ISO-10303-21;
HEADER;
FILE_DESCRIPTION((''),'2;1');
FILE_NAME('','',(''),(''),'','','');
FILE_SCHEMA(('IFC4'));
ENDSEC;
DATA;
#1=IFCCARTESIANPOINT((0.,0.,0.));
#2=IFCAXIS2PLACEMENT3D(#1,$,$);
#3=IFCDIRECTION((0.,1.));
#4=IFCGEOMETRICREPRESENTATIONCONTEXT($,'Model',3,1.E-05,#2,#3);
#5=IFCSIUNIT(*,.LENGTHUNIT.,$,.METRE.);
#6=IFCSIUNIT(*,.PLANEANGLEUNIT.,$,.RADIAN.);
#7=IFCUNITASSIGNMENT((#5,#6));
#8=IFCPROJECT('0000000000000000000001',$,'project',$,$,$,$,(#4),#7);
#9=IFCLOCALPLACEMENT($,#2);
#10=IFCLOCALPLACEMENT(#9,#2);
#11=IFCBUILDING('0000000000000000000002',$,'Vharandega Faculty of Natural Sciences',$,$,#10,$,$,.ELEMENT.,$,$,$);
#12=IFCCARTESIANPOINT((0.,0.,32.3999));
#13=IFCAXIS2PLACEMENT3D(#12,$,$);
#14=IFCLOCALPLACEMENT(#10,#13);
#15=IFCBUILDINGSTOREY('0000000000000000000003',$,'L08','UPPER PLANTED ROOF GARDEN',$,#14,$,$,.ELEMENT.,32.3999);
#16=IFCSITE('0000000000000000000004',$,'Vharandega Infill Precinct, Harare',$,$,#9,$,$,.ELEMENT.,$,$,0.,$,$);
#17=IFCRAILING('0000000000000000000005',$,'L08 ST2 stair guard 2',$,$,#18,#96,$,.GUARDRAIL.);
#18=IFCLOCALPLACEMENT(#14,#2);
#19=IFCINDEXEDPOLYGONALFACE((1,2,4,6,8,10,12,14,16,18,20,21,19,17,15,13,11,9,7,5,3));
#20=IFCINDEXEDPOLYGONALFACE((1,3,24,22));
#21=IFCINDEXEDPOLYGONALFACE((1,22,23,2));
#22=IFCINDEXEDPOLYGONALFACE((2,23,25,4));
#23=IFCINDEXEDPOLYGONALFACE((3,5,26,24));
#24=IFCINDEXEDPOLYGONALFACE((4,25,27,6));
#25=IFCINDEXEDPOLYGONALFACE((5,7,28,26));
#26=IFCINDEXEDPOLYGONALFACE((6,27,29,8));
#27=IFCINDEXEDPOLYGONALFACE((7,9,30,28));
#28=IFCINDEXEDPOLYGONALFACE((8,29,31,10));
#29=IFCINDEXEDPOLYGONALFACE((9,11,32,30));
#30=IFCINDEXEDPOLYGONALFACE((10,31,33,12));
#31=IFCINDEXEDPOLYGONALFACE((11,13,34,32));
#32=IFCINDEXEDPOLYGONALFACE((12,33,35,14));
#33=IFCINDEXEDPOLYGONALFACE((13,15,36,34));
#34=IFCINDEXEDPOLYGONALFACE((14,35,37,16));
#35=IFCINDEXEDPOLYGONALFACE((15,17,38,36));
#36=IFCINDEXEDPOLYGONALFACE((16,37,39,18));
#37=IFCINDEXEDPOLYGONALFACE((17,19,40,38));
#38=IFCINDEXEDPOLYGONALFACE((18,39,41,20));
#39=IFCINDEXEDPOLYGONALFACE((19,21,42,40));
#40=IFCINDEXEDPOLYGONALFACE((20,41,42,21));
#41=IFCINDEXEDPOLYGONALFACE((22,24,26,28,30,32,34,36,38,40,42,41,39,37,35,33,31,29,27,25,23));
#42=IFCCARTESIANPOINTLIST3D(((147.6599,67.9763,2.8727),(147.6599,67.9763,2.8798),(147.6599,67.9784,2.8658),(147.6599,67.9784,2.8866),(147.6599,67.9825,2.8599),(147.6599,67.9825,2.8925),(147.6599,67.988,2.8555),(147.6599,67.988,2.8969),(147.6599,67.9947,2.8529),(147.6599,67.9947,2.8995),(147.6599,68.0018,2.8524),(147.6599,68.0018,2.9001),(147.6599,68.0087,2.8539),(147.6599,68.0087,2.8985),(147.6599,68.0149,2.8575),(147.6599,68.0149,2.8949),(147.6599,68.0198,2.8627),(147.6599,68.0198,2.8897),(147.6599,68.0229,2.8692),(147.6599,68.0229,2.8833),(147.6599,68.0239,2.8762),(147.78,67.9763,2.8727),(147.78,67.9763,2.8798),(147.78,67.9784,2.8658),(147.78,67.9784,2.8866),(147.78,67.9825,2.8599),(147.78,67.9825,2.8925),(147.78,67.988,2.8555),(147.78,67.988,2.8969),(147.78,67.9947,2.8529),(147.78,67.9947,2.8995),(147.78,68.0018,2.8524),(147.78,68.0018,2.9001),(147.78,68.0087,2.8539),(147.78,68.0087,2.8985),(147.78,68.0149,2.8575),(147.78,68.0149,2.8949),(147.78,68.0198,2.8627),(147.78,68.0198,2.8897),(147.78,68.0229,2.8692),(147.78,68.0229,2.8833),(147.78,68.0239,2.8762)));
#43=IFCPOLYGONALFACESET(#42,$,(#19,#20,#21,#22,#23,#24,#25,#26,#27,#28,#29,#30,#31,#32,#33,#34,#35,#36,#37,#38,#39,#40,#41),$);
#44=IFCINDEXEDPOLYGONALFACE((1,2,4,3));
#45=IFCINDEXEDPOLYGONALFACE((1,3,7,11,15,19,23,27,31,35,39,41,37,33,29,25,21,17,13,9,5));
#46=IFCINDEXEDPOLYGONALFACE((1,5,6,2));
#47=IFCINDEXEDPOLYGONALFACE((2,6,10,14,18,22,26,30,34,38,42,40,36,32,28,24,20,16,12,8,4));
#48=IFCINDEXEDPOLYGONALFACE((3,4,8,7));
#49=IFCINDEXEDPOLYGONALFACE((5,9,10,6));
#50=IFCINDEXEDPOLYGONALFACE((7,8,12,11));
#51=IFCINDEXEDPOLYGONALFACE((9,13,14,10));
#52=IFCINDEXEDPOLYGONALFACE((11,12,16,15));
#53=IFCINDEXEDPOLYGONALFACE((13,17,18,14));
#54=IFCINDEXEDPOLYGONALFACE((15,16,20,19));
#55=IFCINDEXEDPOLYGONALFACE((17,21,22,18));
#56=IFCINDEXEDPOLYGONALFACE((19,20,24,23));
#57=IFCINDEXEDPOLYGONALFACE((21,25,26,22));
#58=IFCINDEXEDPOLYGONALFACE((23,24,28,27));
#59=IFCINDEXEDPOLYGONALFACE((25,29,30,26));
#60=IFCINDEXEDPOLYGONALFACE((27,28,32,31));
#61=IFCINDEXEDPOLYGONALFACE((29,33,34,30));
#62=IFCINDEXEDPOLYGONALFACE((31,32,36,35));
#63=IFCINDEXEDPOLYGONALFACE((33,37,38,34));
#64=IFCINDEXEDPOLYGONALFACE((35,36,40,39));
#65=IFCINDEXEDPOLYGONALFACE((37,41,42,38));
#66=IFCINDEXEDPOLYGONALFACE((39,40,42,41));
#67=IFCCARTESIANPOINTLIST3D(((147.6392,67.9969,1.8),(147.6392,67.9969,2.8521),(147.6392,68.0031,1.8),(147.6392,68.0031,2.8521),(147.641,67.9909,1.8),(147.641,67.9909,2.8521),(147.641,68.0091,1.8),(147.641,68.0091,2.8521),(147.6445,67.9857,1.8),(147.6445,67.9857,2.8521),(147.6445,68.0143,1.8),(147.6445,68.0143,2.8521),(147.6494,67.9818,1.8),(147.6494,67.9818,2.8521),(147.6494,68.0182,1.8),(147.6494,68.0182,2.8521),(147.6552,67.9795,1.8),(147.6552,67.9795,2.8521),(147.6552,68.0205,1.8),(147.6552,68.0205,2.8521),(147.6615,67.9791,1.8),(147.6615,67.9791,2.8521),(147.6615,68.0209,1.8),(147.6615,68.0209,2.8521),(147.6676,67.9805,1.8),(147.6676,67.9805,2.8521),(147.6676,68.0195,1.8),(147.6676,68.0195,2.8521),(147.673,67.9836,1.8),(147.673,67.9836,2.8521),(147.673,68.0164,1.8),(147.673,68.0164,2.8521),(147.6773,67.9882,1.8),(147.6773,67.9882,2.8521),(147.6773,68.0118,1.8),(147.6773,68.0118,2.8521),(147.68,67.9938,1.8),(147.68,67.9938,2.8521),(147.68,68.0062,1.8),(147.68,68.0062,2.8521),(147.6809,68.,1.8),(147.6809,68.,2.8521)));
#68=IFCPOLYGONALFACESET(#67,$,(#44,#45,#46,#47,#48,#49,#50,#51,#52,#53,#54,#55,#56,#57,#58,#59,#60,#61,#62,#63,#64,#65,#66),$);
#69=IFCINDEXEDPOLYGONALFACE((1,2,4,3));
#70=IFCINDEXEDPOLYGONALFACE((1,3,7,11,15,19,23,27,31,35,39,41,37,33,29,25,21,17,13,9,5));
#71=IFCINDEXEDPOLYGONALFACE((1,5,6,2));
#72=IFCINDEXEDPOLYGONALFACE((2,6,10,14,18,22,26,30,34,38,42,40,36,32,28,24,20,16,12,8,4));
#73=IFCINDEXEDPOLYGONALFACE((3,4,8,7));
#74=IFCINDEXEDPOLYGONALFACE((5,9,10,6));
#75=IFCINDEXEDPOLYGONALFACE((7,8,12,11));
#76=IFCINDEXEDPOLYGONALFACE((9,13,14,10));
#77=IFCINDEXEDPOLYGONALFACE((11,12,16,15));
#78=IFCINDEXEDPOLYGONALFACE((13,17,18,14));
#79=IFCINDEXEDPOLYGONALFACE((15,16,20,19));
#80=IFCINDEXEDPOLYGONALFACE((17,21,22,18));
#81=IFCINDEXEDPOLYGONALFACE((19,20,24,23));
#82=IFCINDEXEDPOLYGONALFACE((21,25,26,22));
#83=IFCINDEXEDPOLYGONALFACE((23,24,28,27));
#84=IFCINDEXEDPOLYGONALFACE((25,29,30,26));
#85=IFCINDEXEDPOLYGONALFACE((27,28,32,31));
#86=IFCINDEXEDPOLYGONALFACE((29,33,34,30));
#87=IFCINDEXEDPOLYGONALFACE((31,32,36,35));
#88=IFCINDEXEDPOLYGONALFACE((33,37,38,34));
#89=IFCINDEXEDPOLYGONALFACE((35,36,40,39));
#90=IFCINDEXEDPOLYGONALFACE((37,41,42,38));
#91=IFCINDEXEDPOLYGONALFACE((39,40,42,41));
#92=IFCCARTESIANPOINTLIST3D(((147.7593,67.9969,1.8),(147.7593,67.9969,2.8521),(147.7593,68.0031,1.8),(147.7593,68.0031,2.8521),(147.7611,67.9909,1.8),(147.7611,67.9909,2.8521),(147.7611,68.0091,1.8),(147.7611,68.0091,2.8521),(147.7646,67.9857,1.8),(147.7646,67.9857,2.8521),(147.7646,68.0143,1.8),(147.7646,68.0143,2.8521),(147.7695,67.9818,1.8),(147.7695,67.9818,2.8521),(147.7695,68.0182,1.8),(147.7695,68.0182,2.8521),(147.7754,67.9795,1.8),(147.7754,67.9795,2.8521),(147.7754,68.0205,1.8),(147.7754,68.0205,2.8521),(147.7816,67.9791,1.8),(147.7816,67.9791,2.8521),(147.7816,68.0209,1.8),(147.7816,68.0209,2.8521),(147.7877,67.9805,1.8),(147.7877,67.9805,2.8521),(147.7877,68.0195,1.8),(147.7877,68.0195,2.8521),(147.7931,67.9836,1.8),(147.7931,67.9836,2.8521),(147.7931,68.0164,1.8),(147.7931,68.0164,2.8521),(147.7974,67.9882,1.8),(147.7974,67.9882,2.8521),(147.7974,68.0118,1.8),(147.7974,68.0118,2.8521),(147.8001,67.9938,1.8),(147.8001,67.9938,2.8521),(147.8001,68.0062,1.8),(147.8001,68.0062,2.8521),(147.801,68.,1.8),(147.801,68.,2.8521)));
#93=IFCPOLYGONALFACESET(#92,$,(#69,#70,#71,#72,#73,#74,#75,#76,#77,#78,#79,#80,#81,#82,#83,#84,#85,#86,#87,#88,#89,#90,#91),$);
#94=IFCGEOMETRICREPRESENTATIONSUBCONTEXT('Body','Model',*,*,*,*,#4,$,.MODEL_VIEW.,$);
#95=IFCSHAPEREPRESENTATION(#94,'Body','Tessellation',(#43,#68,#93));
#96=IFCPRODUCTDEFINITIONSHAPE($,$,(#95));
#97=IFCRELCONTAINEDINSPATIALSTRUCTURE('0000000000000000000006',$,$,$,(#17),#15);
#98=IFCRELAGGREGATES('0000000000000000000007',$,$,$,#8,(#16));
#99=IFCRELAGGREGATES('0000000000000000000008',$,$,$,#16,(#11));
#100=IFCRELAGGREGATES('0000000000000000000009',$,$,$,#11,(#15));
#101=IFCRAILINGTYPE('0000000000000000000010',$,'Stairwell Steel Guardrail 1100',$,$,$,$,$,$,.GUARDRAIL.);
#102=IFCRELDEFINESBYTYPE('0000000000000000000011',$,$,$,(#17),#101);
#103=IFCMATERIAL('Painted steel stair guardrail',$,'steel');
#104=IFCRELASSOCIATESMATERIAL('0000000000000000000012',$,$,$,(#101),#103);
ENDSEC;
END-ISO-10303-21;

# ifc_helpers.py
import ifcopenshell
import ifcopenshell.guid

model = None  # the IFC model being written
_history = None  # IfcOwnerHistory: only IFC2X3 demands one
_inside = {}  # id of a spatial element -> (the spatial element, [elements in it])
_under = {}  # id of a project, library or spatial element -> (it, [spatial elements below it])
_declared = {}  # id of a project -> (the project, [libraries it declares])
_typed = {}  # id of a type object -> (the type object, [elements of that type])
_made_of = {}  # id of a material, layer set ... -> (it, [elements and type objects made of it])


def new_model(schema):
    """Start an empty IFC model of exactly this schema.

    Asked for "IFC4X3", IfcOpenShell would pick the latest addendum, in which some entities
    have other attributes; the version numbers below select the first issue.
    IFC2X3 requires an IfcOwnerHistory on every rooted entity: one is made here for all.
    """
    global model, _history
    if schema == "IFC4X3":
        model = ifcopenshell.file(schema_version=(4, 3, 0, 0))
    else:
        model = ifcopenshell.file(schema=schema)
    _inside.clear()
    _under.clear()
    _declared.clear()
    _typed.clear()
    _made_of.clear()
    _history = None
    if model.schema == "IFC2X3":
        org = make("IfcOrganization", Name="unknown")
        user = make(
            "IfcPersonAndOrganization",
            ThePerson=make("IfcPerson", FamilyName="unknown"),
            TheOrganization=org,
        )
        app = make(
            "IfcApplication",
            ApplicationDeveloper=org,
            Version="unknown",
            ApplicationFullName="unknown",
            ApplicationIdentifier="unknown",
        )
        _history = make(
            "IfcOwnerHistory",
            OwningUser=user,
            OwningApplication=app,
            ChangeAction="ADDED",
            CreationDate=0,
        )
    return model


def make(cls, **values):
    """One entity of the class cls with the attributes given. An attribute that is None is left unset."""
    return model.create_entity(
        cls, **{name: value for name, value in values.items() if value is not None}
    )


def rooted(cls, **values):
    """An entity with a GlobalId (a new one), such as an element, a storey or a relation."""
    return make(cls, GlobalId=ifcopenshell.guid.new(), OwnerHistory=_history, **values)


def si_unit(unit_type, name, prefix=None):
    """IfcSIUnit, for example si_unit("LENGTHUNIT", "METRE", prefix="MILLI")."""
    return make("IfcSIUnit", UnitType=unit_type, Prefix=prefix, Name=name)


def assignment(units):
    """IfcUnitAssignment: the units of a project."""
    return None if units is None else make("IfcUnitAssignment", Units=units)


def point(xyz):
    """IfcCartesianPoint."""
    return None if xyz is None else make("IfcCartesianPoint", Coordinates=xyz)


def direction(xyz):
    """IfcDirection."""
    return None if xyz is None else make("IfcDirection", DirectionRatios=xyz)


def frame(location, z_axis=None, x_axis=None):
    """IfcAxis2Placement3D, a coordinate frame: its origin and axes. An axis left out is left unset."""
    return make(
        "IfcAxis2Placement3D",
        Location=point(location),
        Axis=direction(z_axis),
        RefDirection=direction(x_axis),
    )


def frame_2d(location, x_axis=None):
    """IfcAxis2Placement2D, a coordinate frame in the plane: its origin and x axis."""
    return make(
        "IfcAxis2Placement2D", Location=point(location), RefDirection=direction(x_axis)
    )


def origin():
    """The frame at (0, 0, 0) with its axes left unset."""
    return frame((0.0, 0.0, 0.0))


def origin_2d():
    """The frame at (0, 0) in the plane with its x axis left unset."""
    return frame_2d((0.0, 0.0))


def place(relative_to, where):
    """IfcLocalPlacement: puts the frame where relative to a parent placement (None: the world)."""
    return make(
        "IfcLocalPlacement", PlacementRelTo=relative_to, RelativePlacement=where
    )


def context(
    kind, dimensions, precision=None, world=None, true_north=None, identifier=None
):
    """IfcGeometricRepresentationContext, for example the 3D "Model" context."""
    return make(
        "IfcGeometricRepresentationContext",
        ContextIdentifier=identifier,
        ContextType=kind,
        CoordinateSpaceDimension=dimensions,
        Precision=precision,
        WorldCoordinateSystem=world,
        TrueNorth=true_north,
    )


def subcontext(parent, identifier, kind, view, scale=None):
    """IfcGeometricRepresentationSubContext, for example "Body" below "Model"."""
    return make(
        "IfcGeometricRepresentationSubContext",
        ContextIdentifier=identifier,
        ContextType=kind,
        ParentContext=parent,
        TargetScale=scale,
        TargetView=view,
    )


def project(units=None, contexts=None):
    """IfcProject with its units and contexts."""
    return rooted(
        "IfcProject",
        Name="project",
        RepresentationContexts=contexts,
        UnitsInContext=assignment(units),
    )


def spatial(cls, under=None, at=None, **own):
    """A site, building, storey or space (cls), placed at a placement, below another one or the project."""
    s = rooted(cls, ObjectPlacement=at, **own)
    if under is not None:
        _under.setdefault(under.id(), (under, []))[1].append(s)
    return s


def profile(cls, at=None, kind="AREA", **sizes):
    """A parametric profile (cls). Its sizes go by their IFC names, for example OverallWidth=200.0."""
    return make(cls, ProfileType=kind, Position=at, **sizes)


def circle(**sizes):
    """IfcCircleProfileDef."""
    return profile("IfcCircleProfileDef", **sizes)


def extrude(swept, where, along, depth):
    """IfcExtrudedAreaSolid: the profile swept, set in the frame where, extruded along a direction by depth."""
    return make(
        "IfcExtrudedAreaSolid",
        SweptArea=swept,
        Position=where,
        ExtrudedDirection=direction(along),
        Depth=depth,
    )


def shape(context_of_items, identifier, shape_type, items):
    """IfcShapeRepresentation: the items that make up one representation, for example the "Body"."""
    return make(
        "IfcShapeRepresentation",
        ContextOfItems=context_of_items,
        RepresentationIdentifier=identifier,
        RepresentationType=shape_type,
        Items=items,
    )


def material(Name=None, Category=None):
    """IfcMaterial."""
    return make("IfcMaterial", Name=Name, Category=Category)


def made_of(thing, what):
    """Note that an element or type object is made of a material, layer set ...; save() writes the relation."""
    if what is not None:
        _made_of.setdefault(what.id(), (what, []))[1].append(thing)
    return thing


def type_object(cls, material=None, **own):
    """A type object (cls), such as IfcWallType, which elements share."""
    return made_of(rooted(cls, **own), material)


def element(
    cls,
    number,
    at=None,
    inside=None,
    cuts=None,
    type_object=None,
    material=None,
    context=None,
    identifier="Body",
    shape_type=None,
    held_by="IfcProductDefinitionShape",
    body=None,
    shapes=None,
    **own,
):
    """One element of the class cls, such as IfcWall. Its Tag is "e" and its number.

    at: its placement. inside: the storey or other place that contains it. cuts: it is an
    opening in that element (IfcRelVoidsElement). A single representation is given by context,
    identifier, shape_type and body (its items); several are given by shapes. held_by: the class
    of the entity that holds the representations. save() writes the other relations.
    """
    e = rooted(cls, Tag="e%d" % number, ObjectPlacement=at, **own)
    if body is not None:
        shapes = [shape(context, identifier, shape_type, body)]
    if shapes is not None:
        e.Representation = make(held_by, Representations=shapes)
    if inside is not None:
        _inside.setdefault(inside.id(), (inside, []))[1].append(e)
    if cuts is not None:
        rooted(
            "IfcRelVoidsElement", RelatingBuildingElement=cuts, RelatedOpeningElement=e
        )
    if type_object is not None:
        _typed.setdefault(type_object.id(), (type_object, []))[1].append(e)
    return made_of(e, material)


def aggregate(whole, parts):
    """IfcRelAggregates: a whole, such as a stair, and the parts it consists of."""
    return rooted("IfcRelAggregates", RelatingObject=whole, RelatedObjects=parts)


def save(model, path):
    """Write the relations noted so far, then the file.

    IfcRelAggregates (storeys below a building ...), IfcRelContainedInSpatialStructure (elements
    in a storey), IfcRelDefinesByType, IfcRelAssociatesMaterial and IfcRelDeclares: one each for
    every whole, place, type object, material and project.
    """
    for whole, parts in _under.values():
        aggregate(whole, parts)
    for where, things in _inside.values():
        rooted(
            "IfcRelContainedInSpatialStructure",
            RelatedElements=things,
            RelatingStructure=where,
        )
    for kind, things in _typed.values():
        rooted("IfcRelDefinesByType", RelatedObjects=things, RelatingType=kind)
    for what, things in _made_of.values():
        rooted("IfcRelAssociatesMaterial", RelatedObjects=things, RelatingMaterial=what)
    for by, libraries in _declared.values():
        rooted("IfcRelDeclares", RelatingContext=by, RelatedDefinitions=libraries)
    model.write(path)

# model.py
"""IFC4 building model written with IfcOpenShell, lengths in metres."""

from ifc_helpers import new_model, si_unit, direction, frame, origin, origin_2d, place, context, subcontext, project, spatial, circle, extrude, material, type_object, element, save


model = new_model("IFC4")

# Units and contexts
model_context = context("Model", 3, precision=1e-05, world=origin(), true_north=direction((0.0, 1.0)))
body_context = subcontext(model_context, "Body", "Model", "MODEL_VIEW")
ifc_project = project(units=[si_unit("LENGTHUNIT", "METRE"), si_unit("PLANEANGLEUNIT", "RADIAN")], contexts=[model_context])

# Site, building, storey
site_placement = place(None, origin())
site = spatial("IfcSite", under=ifc_project, at=site_placement, Name="Vharandega Infill Precinct, Harare", CompositionType="ELEMENT", RefElevation=0.0)
building_placement = place(site_placement, origin())
building = spatial("IfcBuilding", under=site, at=building_placement, Name="Vharandega Faculty of Natural Sciences", CompositionType="ELEMENT")
storey_placement = place(building_placement, frame((0.0, 0.0, 32.3999)))
storey = spatial("IfcBuildingStorey", under=building, at=storey_placement, Name="L08", Description="UPPER PLANTED ROOF GARDEN", CompositionType="ELEMENT", Elevation=32.3999)

# Railing
ifc_material_1 = material(Name="Painted steel stair guardrail", Category="steel")
railing_type_1 = type_object("IfcRailingType", Name="Stairwell Steel Guardrail 1100", PredefinedType="GUARDRAIL", material=ifc_material_1)
railing_1_placement = place(storey_placement, frame((147.6599, 68.0, 1.8)))
element("IfcRailing", 1, at=railing_1_placement, inside=storey, type_object=railing_type_1, Name="L08 ST2 stair guard 2", PredefinedType="GUARDRAIL", context=body_context, shape_type="SweptSolid", body=[
    extrude(circle(Radius=0.0239, at=origin_2d()), frame((0.0, 0.0, 1.0762), z_axis=(1.0, 0.0, 0.0), x_axis=(0.0, 1.0, 0.0)), (0.0, 0.0, 1.0), 0.1201),
    extrude(circle(Radius=0.021, at=origin_2d()), origin(), (0.0, 0.0, 1.0), 1.052),
    extrude(circle(Radius=0.021, at=origin_2d()), frame((0.1201, 0.0, 0.0)), (0.0, 0.0, 1.0), 1.052),
])

save(model, "model.ifc")
